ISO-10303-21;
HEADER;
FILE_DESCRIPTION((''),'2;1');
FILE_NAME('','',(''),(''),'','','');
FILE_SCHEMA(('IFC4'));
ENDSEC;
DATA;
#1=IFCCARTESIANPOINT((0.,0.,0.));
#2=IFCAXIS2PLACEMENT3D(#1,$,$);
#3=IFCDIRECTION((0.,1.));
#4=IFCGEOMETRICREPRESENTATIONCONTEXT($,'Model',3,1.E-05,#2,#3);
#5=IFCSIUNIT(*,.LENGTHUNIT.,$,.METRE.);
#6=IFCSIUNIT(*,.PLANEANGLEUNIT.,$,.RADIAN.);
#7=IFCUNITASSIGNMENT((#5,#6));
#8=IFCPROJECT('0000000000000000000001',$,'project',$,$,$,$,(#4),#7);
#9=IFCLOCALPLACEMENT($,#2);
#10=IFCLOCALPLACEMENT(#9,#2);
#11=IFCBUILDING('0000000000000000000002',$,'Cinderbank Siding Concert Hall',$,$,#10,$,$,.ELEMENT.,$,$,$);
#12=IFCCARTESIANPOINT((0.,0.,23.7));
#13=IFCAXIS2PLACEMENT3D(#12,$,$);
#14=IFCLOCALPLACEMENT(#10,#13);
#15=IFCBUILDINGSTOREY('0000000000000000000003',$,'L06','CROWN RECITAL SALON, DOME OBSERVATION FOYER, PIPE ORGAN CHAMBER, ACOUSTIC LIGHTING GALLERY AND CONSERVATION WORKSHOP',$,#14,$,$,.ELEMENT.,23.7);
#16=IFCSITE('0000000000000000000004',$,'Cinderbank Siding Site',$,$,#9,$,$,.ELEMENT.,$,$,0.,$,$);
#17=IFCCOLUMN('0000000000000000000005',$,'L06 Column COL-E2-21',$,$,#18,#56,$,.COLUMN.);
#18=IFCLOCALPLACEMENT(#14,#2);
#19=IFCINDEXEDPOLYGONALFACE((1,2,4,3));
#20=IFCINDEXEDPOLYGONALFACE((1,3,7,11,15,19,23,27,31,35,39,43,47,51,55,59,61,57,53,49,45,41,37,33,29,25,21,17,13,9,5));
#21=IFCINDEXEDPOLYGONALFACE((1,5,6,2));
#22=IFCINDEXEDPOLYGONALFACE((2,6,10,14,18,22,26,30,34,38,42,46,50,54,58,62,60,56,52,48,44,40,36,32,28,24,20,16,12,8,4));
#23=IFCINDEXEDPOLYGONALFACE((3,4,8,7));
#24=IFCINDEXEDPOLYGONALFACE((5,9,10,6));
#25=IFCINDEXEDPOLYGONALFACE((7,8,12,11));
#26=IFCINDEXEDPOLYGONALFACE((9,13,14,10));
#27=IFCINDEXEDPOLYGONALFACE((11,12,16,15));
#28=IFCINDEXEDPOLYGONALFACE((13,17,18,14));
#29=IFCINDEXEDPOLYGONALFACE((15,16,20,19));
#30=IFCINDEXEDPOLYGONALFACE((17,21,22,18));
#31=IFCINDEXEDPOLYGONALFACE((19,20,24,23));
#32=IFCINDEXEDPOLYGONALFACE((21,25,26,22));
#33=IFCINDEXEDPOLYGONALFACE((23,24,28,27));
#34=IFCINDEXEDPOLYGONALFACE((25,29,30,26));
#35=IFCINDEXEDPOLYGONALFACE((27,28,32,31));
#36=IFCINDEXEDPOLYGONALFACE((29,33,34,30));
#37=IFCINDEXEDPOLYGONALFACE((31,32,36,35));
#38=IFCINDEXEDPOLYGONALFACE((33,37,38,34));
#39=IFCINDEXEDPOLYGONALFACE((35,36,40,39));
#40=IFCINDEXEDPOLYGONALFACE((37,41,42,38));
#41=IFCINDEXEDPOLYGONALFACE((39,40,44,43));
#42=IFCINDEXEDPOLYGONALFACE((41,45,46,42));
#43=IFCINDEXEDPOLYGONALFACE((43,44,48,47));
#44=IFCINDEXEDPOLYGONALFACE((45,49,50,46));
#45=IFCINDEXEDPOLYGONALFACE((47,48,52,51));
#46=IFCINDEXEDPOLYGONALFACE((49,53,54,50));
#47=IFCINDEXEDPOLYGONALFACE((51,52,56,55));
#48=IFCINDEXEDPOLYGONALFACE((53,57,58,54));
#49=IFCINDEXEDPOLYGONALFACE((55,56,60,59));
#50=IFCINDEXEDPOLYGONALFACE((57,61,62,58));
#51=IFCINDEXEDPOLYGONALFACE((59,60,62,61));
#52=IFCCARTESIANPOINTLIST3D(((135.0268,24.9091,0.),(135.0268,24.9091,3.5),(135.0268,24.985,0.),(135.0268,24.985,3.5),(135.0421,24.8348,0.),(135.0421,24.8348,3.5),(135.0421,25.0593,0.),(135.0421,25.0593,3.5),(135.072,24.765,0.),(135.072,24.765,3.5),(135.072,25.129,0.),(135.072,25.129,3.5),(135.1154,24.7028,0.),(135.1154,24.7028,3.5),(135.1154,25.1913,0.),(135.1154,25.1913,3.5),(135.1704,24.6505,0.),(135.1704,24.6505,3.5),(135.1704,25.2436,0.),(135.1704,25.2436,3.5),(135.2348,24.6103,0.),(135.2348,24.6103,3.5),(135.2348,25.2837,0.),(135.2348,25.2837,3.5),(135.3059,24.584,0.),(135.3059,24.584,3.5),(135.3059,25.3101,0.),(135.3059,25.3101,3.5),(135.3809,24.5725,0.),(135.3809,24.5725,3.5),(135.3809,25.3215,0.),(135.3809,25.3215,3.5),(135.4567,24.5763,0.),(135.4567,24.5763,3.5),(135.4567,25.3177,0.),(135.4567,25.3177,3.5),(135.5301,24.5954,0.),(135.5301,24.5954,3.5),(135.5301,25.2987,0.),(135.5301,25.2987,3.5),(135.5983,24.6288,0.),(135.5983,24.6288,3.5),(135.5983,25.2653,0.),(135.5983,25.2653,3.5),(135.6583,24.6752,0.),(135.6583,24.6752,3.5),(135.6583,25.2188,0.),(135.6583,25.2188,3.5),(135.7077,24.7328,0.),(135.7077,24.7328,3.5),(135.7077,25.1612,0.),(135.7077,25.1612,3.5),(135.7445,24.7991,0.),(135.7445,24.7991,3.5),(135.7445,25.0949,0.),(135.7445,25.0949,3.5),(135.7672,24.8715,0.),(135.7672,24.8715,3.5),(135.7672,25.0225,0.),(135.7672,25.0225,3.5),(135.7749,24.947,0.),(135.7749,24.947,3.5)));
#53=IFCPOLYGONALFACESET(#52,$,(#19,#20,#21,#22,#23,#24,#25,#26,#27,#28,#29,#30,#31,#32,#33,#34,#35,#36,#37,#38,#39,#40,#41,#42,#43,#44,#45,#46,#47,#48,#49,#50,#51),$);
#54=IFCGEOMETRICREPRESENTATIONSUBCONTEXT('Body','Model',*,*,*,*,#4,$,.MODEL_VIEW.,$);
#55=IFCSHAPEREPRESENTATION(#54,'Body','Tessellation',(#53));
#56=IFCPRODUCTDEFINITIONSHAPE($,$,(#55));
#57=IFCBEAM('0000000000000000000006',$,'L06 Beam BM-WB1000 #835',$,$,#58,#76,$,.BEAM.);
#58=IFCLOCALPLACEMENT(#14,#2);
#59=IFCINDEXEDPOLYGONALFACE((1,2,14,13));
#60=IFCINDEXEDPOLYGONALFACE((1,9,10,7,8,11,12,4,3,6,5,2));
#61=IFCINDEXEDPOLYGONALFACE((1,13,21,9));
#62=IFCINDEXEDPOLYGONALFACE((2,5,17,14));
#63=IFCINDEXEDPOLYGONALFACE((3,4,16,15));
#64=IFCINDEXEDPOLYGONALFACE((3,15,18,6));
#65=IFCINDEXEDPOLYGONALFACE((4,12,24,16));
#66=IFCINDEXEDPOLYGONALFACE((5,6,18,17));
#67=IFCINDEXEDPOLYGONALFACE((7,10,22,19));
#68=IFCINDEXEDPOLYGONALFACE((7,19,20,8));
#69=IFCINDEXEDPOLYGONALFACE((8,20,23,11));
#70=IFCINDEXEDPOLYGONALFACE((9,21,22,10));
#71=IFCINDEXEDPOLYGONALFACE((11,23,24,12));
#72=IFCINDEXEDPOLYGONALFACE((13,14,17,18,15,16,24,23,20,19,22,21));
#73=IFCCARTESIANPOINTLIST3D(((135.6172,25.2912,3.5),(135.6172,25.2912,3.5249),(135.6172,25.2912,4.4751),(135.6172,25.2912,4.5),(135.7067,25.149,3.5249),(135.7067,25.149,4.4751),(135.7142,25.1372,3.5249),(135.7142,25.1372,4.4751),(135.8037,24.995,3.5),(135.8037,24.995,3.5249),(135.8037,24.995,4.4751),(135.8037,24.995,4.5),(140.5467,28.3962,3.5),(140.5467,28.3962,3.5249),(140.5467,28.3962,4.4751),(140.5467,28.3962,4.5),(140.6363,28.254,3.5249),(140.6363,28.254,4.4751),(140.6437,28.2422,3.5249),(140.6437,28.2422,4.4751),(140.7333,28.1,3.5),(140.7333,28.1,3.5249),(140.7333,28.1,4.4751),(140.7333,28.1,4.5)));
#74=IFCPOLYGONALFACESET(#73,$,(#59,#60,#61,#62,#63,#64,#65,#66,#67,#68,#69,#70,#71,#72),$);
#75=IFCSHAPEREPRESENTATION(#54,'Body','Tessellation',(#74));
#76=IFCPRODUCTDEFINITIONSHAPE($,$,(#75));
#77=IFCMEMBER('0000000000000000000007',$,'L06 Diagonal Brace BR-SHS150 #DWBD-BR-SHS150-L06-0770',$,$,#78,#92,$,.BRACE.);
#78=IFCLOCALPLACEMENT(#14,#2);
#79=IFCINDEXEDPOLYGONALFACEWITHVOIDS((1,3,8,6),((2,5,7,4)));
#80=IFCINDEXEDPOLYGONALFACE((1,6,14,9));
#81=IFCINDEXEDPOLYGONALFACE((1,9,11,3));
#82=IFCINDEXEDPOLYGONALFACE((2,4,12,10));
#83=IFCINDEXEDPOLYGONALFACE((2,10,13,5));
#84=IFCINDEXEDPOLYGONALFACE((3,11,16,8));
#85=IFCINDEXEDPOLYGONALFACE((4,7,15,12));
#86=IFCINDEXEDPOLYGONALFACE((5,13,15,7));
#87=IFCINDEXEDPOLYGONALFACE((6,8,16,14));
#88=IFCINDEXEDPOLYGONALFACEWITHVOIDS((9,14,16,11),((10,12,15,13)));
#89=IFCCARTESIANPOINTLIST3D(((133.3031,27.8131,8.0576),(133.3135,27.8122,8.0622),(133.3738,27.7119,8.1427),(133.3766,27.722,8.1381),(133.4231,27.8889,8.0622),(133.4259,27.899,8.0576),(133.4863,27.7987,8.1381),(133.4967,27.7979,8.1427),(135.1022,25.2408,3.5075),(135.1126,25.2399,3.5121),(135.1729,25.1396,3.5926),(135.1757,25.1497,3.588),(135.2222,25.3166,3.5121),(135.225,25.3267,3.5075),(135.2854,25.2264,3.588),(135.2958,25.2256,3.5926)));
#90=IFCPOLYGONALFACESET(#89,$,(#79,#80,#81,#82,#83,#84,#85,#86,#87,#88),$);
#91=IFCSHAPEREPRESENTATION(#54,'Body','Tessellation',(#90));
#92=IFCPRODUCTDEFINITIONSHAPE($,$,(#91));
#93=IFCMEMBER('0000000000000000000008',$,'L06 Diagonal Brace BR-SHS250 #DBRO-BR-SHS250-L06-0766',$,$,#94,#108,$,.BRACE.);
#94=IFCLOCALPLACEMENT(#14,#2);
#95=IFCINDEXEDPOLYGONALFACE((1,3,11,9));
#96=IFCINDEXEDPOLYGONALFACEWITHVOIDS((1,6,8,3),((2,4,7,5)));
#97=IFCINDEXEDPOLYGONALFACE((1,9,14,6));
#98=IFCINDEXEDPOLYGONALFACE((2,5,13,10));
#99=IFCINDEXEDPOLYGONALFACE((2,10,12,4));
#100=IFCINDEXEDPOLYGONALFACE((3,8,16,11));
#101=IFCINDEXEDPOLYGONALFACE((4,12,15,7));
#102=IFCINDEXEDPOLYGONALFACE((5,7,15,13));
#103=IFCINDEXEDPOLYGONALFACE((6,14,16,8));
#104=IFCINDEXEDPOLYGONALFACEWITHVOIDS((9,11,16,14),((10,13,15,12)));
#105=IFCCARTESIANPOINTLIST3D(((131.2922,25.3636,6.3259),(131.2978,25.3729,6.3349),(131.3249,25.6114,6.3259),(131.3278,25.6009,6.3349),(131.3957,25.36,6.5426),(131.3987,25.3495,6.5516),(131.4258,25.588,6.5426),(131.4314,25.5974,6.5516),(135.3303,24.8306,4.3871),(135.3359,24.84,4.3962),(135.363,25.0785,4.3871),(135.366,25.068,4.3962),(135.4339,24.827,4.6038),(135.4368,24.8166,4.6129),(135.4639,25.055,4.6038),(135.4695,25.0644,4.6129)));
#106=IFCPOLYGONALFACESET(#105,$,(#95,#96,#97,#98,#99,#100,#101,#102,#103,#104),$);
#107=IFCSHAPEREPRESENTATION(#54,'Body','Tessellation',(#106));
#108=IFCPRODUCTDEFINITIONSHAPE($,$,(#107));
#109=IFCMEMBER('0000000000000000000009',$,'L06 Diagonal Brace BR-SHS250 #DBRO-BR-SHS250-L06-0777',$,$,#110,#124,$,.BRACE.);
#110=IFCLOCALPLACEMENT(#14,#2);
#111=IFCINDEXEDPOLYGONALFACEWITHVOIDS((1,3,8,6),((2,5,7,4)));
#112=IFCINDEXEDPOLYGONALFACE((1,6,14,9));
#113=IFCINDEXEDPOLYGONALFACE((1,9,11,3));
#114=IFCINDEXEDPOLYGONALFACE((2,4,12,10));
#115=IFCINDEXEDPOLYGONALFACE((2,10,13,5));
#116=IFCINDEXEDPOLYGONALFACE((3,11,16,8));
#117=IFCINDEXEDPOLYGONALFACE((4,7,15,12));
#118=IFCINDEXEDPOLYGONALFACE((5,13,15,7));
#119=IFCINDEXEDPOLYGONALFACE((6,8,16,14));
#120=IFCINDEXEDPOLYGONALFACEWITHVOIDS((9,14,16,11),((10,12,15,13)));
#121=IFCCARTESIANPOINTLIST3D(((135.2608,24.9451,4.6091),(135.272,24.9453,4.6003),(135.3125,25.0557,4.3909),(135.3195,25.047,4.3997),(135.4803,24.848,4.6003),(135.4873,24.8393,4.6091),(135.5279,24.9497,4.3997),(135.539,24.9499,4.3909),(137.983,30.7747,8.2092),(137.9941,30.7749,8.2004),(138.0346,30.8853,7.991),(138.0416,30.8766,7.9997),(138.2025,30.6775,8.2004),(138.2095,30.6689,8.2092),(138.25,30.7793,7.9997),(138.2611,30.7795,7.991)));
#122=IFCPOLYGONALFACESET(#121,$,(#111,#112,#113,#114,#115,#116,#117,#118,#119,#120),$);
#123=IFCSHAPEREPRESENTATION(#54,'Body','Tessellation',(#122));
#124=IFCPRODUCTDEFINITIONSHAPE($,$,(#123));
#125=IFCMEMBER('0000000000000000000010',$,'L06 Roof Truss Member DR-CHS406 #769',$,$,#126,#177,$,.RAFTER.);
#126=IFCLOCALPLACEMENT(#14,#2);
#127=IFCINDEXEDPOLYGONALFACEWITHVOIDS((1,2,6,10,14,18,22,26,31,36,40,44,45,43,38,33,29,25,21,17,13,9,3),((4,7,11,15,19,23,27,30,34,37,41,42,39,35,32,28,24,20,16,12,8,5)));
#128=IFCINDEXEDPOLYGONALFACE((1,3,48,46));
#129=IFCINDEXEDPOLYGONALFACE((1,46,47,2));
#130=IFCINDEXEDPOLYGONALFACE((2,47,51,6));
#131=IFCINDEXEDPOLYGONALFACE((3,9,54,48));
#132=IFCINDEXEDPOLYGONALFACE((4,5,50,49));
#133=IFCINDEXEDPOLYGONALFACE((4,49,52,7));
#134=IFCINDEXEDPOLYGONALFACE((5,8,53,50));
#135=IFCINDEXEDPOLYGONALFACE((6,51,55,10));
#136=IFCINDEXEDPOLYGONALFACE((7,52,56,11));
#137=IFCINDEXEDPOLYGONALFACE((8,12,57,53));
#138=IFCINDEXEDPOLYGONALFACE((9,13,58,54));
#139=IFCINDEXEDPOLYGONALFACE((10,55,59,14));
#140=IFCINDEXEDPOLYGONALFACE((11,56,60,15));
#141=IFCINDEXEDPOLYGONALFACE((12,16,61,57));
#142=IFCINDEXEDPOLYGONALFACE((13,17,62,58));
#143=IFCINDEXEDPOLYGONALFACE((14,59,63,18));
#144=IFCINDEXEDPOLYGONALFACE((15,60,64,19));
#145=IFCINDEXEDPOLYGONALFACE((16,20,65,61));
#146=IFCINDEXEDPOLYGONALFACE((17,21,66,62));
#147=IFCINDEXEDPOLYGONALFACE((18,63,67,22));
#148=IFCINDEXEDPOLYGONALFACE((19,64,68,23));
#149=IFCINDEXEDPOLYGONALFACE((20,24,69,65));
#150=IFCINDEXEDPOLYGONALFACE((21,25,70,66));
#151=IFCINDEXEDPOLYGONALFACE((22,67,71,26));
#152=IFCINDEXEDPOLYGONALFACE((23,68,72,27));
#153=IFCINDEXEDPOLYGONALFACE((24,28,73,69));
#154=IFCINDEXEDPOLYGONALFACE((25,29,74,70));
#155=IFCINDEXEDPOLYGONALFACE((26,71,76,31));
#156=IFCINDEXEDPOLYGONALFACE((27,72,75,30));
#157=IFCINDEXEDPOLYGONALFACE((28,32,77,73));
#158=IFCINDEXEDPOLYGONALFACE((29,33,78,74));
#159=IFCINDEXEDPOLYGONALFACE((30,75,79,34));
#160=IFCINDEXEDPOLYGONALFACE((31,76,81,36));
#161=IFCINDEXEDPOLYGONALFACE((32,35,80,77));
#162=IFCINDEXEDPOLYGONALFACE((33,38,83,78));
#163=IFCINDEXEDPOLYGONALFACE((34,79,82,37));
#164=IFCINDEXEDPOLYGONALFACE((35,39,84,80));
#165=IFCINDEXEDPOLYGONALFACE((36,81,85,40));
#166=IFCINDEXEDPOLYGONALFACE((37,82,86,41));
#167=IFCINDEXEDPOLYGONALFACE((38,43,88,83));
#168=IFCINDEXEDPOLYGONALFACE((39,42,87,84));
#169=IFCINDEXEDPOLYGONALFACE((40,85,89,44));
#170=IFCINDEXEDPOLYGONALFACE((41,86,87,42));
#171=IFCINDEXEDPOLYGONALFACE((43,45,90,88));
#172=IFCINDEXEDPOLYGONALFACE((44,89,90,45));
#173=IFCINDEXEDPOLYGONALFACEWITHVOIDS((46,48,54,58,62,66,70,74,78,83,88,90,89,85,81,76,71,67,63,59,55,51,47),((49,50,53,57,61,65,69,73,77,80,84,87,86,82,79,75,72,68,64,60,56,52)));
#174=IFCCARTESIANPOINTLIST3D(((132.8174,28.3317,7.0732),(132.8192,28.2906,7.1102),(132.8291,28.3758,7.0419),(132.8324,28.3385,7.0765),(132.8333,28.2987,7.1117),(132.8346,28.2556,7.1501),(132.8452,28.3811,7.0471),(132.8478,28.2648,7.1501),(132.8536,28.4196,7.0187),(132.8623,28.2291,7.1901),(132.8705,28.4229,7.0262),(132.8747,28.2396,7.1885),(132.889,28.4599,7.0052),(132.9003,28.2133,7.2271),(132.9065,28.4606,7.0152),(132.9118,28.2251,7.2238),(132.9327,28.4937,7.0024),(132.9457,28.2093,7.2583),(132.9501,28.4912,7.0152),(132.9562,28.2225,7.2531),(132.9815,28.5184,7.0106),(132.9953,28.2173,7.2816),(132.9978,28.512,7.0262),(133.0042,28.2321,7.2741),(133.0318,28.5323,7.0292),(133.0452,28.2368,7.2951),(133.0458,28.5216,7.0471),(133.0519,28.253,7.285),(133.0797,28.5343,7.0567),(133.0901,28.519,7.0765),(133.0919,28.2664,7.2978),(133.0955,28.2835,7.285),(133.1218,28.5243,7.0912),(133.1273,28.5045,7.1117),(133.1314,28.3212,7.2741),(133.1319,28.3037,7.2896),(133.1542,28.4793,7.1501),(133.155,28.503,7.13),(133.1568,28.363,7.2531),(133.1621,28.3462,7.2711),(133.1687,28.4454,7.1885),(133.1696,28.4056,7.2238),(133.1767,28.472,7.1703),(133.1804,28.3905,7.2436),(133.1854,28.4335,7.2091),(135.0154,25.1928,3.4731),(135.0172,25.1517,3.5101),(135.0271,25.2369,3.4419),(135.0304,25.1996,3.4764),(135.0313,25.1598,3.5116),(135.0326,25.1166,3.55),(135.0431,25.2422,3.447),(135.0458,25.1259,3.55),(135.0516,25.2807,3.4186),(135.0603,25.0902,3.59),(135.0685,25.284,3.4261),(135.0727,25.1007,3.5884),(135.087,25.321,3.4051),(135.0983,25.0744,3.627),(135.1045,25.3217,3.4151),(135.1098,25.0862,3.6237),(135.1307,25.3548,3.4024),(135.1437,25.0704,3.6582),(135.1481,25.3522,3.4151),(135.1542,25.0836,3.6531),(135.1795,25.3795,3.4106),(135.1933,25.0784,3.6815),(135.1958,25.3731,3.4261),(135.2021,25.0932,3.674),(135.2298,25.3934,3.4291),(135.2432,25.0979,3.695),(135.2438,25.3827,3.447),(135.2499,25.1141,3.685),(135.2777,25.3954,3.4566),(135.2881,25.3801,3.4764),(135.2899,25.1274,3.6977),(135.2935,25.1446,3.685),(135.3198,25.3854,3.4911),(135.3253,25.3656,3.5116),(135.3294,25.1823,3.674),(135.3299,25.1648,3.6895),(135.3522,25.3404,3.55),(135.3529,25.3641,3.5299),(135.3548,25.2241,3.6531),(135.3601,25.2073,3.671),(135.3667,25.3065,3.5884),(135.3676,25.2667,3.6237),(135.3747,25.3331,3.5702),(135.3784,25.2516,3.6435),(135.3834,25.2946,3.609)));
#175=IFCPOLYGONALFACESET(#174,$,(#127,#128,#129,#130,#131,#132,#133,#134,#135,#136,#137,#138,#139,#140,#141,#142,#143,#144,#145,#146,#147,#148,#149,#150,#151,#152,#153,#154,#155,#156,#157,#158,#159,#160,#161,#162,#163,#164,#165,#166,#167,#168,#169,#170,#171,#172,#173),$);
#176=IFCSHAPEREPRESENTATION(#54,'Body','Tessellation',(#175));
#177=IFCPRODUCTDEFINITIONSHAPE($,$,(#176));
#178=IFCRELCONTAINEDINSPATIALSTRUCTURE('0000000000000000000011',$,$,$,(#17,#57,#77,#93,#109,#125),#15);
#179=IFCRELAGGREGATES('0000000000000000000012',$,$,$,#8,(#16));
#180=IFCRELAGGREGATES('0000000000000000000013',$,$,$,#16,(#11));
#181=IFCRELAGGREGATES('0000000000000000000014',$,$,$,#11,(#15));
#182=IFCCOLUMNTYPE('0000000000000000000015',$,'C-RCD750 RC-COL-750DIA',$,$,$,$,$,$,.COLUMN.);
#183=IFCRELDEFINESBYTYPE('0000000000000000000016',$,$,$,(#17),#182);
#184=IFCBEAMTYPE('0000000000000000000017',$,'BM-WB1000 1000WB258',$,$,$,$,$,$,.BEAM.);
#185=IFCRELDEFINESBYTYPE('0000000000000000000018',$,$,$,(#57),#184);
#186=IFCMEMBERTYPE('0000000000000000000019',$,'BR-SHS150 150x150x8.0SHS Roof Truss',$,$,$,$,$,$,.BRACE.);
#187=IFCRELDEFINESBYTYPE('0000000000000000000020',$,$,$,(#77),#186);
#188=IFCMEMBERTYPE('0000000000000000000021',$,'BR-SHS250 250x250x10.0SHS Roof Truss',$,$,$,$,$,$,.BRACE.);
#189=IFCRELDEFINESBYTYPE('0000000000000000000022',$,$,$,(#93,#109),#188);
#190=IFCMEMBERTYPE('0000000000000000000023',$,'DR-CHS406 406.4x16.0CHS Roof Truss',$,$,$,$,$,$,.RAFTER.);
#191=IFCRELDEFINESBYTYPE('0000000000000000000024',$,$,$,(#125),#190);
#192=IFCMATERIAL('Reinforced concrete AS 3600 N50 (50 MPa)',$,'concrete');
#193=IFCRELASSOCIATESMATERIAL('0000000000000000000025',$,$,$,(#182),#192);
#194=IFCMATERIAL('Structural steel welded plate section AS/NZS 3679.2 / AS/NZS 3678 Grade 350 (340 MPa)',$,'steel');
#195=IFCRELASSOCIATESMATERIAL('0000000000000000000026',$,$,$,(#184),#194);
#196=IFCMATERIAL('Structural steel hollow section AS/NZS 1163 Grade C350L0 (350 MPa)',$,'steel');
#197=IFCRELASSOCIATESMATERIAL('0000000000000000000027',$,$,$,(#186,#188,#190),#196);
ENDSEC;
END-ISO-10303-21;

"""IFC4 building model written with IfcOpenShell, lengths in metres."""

from ifc_helpers import new_model, si_unit, direction, frame, origin, origin_2d, place, context, subcontext, project, spatial, hollow_rectangle, circle, hollow_circle, i_section, extrude, material, material_profile, profile_set, type_object, element, save


model = new_model("IFC4")

# Units and contexts
model_context = context("Model", 3, precision=1e-05, world=origin(), true_north=direction((0.0, 1.0)))
body_context = subcontext(model_context, "Body", "Model", "MODEL_VIEW")
ifc_project = project(units=[si_unit("LENGTHUNIT", "METRE"), si_unit("PLANEANGLEUNIT", "RADIAN")], contexts=[model_context])

# Site, building, storey
site_placement = place(None, origin())
site = spatial("IfcSite", under=ifc_project, at=site_placement, Name="Cinderbank Siding Site", CompositionType="ELEMENT", RefElevation=0.0)
building_placement = place(site_placement, origin())
building = spatial("IfcBuilding", under=site, at=building_placement, Name="Cinderbank Siding Concert Hall", CompositionType="ELEMENT")
storey_placement = place(building_placement, frame((0.0, 0.0, 23.7)))
storey = spatial("IfcBuildingStorey", under=building, at=storey_placement, Name="L06", Description="CROWN RECITAL SALON, DOME OBSERVATION FOYER, PIPE ORGAN CHAMBER, ACOUSTIC LIGHTING GALLERY AND CONSERVATION WORKSHOP", CompositionType="ELEMENT", Elevation=23.7)

# Column
ifc_material_1 = material(Name="Reinforced concrete AS 3600 N50 (50 MPa)", Category="concrete")
ifc_material_profile_1 = material_profile(ifc_material_1, circle(Radius=0.375, at=origin_2d()), Name="RC-COL-750DIA", Category="LoadBearing")
ifc_profile_set_1 = profile_set([ifc_material_profile_1], Name="Reinforced concrete AS 3600 N50 (50 MPa)")
column_type = type_object("IfcColumnType", Name="C-RCD750 RC-COL-750DIA", PredefinedType="COLUMN", material=ifc_profile_set_1)
column_placement = place(storey_placement, frame((135.3999, 24.947, 0.0), z_axis=(0.0, 0.0, 1.0), x_axis=(1.0, 0.0, 0.0)))
element("IfcColumn", 1, at=column_placement, inside=storey, type_object=column_type, Name="L06 Column COL-E2-21", PredefinedType="COLUMN", context=body_context, shape_type="SweptSolid", body=[
    extrude(circle(Radius=0.375, at=origin_2d()), origin(), (0.0, 0.0, 1.0), 3.5),
])

# Beam
ifc_material_2 = material(Name="Structural steel welded plate section AS/NZS 3679.2 / AS/NZS 3678 Grade 350 (340 MPa)", Category="steel")
ifc_material_profile_2 = material_profile(ifc_material_2, i_section(OverallWidth=0.3501, OverallDepth=1.0, WebThickness=0.0139, FlangeThickness=0.0249, at=origin_2d()), Name="1000WB258", Category="LoadBearing")
ifc_profile_set_2 = profile_set([ifc_material_profile_2], Name="Structural steel welded plate section AS/NZS 3679.2 / AS/NZS 3678 Grade 350 (340 MPa)")
beam_type = type_object("IfcBeamType", Name="BM-WB1000 1000WB258", PredefinedType="BEAM", material=ifc_profile_set_2)
beam_placement = place(storey_placement, frame((135.7104, 25.1431, 4.0), z_axis=(0.846136, 0.532968, 0.0), x_axis=(-0.532968, 0.846136, 0.0)))
element("IfcBeam", 2, at=beam_placement, inside=storey, type_object=beam_type, Name="L06 Beam BM-WB1000 #835", PredefinedType="BEAM", context=body_context, shape_type="SweptSolid", body=[
    extrude(i_section(OverallWidth=0.3501, OverallDepth=1.0, WebThickness=0.0139, FlangeThickness=0.0249, at=origin_2d()), origin(), (0.0, 0.0, 1.0), 5.8259),
])

# Members
ifc_material_3 = material(Name="Structural steel hollow section AS/NZS 1163 Grade C350L0 (350 MPa)", Category="steel")
ifc_material_profile_3 = material_profile(ifc_material_3, hollow_rectangle(XDim=0.1499, YDim=0.1499, WallThickness=0.0081, at=origin_2d()), Name="150x150x8.0SHS", Category="LoadBearing")
ifc_profile_set_3 = profile_set([ifc_material_profile_3], Name="Structural steel hollow section AS/NZS 1163 Grade C350L0 (350 MPa)")
member_type_1 = type_object("IfcMemberType", Name="BR-SHS150 150x150x8.0SHS Roof Truss", PredefinedType="BRACE", material=ifc_profile_set_3)
member_1_placement = place(storey_placement, frame((135.199, 25.2332, 3.55), z_axis=(-0.325461, 0.465336, 0.823127), x_axis=(-0.819458, -0.573139, 0.0)))
element("IfcMember", 3, at=member_1_placement, inside=storey, type_object=member_type_1, Name="L06 Diagonal Brace BR-SHS150 #DWBD-BR-SHS150-L06-0770", PredefinedType="BRACE", context=body_context, shape_type="SweptSolid", body=[
    extrude(hollow_rectangle(XDim=0.1499, YDim=0.1499, WallThickness=0.0081, at=origin_2d()), origin(), (0.0, 0.0, 1.0), 5.5278),
])
ifc_material_profile_4 = material_profile(ifc_material_3, hollow_rectangle(XDim=0.25, YDim=0.25, WallThickness=0.01, at=origin_2d()), Name="250x250x10.0SHS", Category="LoadBearing")
ifc_profile_set_4 = profile_set([ifc_material_profile_4], Name="Structural steel hollow section AS/NZS 1163 Grade C350L0 (350 MPa)")
member_type_2 = type_object("IfcMemberType", Name="BR-SHS250 250x250x10.0SHS Roof Truss", PredefinedType="BRACE", material=ifc_profile_set_4)
member_2_placement = place(storey_placement, frame((135.3999, 24.9475, 4.5), z_axis=(-0.895171, 0.118147, 0.429779), x_axis=(-0.130848, -0.991402, 0.0)))
element("IfcMember", 4, at=member_2_placement, inside=storey, type_object=member_type_2, Name="L06 Diagonal Brace BR-SHS250 #DBRO-BR-SHS250-L06-0766", PredefinedType="BRACE", context=body_context, shape_type="SweptSolid", body=[
    extrude(hollow_rectangle(XDim=0.25, YDim=0.25, WallThickness=0.01, at=origin_2d()), origin(), (0.0, 0.0, 1.0), 4.511),
])
member_3_placement = place(storey_placement, frame((135.3999, 24.9475, 4.5), z_axis=(0.369228, 0.790712, 0.488309), x_axis=(-0.906082, 0.423101, 0.0)))
element("IfcMember", 5, at=member_3_placement, inside=storey, type_object=member_type_2, Name="L06 Diagonal Brace BR-SHS250 #DBRO-BR-SHS250-L06-0777", PredefinedType="BRACE", context=body_context, shape_type="SweptSolid", body=[
    extrude(hollow_rectangle(XDim=0.25, YDim=0.25, WallThickness=0.01, at=origin_2d()), origin(), (0.0, 0.0, 1.0), 7.3726),
])
ifc_material_profile_5 = material_profile(ifc_material_3, hollow_circle(Radius=0.2031, WallThickness=0.0161, at=origin_2d()), Name="406.4x16.0CHS", Category="LoadBearing")
ifc_profile_set_5 = profile_set([ifc_material_profile_5], Name="Structural steel hollow section AS/NZS 1163 Grade C350L0 (350 MPa)")
member_type_3 = type_object("IfcMemberType", Name="DR-CHS406 406.4x16.0CHS Roof Truss", PredefinedType="RAFTER", material=ifc_profile_set_5)
member_4_placement = place(storey_placement, frame((135.199, 25.2332, 3.55), z_axis=(-0.418043, 0.596999, 0.684713), x_axis=(-0.819139, -0.573595, 0.0)))
element("IfcMember", 6, at=member_4_placement, inside=storey, type_object=member_type_3, Name="L06 Roof Truss Member DR-CHS406 #769", PredefinedType="RAFTER", context=body_context, shape_type="SweptSolid", body=[
    extrude(hollow_circle(Radius=0.2031, WallThickness=0.0161, at=origin_2d()), origin(), (0.0, 0.0, 1.0), 5.2578),
])

save(model, "model.ifc")
